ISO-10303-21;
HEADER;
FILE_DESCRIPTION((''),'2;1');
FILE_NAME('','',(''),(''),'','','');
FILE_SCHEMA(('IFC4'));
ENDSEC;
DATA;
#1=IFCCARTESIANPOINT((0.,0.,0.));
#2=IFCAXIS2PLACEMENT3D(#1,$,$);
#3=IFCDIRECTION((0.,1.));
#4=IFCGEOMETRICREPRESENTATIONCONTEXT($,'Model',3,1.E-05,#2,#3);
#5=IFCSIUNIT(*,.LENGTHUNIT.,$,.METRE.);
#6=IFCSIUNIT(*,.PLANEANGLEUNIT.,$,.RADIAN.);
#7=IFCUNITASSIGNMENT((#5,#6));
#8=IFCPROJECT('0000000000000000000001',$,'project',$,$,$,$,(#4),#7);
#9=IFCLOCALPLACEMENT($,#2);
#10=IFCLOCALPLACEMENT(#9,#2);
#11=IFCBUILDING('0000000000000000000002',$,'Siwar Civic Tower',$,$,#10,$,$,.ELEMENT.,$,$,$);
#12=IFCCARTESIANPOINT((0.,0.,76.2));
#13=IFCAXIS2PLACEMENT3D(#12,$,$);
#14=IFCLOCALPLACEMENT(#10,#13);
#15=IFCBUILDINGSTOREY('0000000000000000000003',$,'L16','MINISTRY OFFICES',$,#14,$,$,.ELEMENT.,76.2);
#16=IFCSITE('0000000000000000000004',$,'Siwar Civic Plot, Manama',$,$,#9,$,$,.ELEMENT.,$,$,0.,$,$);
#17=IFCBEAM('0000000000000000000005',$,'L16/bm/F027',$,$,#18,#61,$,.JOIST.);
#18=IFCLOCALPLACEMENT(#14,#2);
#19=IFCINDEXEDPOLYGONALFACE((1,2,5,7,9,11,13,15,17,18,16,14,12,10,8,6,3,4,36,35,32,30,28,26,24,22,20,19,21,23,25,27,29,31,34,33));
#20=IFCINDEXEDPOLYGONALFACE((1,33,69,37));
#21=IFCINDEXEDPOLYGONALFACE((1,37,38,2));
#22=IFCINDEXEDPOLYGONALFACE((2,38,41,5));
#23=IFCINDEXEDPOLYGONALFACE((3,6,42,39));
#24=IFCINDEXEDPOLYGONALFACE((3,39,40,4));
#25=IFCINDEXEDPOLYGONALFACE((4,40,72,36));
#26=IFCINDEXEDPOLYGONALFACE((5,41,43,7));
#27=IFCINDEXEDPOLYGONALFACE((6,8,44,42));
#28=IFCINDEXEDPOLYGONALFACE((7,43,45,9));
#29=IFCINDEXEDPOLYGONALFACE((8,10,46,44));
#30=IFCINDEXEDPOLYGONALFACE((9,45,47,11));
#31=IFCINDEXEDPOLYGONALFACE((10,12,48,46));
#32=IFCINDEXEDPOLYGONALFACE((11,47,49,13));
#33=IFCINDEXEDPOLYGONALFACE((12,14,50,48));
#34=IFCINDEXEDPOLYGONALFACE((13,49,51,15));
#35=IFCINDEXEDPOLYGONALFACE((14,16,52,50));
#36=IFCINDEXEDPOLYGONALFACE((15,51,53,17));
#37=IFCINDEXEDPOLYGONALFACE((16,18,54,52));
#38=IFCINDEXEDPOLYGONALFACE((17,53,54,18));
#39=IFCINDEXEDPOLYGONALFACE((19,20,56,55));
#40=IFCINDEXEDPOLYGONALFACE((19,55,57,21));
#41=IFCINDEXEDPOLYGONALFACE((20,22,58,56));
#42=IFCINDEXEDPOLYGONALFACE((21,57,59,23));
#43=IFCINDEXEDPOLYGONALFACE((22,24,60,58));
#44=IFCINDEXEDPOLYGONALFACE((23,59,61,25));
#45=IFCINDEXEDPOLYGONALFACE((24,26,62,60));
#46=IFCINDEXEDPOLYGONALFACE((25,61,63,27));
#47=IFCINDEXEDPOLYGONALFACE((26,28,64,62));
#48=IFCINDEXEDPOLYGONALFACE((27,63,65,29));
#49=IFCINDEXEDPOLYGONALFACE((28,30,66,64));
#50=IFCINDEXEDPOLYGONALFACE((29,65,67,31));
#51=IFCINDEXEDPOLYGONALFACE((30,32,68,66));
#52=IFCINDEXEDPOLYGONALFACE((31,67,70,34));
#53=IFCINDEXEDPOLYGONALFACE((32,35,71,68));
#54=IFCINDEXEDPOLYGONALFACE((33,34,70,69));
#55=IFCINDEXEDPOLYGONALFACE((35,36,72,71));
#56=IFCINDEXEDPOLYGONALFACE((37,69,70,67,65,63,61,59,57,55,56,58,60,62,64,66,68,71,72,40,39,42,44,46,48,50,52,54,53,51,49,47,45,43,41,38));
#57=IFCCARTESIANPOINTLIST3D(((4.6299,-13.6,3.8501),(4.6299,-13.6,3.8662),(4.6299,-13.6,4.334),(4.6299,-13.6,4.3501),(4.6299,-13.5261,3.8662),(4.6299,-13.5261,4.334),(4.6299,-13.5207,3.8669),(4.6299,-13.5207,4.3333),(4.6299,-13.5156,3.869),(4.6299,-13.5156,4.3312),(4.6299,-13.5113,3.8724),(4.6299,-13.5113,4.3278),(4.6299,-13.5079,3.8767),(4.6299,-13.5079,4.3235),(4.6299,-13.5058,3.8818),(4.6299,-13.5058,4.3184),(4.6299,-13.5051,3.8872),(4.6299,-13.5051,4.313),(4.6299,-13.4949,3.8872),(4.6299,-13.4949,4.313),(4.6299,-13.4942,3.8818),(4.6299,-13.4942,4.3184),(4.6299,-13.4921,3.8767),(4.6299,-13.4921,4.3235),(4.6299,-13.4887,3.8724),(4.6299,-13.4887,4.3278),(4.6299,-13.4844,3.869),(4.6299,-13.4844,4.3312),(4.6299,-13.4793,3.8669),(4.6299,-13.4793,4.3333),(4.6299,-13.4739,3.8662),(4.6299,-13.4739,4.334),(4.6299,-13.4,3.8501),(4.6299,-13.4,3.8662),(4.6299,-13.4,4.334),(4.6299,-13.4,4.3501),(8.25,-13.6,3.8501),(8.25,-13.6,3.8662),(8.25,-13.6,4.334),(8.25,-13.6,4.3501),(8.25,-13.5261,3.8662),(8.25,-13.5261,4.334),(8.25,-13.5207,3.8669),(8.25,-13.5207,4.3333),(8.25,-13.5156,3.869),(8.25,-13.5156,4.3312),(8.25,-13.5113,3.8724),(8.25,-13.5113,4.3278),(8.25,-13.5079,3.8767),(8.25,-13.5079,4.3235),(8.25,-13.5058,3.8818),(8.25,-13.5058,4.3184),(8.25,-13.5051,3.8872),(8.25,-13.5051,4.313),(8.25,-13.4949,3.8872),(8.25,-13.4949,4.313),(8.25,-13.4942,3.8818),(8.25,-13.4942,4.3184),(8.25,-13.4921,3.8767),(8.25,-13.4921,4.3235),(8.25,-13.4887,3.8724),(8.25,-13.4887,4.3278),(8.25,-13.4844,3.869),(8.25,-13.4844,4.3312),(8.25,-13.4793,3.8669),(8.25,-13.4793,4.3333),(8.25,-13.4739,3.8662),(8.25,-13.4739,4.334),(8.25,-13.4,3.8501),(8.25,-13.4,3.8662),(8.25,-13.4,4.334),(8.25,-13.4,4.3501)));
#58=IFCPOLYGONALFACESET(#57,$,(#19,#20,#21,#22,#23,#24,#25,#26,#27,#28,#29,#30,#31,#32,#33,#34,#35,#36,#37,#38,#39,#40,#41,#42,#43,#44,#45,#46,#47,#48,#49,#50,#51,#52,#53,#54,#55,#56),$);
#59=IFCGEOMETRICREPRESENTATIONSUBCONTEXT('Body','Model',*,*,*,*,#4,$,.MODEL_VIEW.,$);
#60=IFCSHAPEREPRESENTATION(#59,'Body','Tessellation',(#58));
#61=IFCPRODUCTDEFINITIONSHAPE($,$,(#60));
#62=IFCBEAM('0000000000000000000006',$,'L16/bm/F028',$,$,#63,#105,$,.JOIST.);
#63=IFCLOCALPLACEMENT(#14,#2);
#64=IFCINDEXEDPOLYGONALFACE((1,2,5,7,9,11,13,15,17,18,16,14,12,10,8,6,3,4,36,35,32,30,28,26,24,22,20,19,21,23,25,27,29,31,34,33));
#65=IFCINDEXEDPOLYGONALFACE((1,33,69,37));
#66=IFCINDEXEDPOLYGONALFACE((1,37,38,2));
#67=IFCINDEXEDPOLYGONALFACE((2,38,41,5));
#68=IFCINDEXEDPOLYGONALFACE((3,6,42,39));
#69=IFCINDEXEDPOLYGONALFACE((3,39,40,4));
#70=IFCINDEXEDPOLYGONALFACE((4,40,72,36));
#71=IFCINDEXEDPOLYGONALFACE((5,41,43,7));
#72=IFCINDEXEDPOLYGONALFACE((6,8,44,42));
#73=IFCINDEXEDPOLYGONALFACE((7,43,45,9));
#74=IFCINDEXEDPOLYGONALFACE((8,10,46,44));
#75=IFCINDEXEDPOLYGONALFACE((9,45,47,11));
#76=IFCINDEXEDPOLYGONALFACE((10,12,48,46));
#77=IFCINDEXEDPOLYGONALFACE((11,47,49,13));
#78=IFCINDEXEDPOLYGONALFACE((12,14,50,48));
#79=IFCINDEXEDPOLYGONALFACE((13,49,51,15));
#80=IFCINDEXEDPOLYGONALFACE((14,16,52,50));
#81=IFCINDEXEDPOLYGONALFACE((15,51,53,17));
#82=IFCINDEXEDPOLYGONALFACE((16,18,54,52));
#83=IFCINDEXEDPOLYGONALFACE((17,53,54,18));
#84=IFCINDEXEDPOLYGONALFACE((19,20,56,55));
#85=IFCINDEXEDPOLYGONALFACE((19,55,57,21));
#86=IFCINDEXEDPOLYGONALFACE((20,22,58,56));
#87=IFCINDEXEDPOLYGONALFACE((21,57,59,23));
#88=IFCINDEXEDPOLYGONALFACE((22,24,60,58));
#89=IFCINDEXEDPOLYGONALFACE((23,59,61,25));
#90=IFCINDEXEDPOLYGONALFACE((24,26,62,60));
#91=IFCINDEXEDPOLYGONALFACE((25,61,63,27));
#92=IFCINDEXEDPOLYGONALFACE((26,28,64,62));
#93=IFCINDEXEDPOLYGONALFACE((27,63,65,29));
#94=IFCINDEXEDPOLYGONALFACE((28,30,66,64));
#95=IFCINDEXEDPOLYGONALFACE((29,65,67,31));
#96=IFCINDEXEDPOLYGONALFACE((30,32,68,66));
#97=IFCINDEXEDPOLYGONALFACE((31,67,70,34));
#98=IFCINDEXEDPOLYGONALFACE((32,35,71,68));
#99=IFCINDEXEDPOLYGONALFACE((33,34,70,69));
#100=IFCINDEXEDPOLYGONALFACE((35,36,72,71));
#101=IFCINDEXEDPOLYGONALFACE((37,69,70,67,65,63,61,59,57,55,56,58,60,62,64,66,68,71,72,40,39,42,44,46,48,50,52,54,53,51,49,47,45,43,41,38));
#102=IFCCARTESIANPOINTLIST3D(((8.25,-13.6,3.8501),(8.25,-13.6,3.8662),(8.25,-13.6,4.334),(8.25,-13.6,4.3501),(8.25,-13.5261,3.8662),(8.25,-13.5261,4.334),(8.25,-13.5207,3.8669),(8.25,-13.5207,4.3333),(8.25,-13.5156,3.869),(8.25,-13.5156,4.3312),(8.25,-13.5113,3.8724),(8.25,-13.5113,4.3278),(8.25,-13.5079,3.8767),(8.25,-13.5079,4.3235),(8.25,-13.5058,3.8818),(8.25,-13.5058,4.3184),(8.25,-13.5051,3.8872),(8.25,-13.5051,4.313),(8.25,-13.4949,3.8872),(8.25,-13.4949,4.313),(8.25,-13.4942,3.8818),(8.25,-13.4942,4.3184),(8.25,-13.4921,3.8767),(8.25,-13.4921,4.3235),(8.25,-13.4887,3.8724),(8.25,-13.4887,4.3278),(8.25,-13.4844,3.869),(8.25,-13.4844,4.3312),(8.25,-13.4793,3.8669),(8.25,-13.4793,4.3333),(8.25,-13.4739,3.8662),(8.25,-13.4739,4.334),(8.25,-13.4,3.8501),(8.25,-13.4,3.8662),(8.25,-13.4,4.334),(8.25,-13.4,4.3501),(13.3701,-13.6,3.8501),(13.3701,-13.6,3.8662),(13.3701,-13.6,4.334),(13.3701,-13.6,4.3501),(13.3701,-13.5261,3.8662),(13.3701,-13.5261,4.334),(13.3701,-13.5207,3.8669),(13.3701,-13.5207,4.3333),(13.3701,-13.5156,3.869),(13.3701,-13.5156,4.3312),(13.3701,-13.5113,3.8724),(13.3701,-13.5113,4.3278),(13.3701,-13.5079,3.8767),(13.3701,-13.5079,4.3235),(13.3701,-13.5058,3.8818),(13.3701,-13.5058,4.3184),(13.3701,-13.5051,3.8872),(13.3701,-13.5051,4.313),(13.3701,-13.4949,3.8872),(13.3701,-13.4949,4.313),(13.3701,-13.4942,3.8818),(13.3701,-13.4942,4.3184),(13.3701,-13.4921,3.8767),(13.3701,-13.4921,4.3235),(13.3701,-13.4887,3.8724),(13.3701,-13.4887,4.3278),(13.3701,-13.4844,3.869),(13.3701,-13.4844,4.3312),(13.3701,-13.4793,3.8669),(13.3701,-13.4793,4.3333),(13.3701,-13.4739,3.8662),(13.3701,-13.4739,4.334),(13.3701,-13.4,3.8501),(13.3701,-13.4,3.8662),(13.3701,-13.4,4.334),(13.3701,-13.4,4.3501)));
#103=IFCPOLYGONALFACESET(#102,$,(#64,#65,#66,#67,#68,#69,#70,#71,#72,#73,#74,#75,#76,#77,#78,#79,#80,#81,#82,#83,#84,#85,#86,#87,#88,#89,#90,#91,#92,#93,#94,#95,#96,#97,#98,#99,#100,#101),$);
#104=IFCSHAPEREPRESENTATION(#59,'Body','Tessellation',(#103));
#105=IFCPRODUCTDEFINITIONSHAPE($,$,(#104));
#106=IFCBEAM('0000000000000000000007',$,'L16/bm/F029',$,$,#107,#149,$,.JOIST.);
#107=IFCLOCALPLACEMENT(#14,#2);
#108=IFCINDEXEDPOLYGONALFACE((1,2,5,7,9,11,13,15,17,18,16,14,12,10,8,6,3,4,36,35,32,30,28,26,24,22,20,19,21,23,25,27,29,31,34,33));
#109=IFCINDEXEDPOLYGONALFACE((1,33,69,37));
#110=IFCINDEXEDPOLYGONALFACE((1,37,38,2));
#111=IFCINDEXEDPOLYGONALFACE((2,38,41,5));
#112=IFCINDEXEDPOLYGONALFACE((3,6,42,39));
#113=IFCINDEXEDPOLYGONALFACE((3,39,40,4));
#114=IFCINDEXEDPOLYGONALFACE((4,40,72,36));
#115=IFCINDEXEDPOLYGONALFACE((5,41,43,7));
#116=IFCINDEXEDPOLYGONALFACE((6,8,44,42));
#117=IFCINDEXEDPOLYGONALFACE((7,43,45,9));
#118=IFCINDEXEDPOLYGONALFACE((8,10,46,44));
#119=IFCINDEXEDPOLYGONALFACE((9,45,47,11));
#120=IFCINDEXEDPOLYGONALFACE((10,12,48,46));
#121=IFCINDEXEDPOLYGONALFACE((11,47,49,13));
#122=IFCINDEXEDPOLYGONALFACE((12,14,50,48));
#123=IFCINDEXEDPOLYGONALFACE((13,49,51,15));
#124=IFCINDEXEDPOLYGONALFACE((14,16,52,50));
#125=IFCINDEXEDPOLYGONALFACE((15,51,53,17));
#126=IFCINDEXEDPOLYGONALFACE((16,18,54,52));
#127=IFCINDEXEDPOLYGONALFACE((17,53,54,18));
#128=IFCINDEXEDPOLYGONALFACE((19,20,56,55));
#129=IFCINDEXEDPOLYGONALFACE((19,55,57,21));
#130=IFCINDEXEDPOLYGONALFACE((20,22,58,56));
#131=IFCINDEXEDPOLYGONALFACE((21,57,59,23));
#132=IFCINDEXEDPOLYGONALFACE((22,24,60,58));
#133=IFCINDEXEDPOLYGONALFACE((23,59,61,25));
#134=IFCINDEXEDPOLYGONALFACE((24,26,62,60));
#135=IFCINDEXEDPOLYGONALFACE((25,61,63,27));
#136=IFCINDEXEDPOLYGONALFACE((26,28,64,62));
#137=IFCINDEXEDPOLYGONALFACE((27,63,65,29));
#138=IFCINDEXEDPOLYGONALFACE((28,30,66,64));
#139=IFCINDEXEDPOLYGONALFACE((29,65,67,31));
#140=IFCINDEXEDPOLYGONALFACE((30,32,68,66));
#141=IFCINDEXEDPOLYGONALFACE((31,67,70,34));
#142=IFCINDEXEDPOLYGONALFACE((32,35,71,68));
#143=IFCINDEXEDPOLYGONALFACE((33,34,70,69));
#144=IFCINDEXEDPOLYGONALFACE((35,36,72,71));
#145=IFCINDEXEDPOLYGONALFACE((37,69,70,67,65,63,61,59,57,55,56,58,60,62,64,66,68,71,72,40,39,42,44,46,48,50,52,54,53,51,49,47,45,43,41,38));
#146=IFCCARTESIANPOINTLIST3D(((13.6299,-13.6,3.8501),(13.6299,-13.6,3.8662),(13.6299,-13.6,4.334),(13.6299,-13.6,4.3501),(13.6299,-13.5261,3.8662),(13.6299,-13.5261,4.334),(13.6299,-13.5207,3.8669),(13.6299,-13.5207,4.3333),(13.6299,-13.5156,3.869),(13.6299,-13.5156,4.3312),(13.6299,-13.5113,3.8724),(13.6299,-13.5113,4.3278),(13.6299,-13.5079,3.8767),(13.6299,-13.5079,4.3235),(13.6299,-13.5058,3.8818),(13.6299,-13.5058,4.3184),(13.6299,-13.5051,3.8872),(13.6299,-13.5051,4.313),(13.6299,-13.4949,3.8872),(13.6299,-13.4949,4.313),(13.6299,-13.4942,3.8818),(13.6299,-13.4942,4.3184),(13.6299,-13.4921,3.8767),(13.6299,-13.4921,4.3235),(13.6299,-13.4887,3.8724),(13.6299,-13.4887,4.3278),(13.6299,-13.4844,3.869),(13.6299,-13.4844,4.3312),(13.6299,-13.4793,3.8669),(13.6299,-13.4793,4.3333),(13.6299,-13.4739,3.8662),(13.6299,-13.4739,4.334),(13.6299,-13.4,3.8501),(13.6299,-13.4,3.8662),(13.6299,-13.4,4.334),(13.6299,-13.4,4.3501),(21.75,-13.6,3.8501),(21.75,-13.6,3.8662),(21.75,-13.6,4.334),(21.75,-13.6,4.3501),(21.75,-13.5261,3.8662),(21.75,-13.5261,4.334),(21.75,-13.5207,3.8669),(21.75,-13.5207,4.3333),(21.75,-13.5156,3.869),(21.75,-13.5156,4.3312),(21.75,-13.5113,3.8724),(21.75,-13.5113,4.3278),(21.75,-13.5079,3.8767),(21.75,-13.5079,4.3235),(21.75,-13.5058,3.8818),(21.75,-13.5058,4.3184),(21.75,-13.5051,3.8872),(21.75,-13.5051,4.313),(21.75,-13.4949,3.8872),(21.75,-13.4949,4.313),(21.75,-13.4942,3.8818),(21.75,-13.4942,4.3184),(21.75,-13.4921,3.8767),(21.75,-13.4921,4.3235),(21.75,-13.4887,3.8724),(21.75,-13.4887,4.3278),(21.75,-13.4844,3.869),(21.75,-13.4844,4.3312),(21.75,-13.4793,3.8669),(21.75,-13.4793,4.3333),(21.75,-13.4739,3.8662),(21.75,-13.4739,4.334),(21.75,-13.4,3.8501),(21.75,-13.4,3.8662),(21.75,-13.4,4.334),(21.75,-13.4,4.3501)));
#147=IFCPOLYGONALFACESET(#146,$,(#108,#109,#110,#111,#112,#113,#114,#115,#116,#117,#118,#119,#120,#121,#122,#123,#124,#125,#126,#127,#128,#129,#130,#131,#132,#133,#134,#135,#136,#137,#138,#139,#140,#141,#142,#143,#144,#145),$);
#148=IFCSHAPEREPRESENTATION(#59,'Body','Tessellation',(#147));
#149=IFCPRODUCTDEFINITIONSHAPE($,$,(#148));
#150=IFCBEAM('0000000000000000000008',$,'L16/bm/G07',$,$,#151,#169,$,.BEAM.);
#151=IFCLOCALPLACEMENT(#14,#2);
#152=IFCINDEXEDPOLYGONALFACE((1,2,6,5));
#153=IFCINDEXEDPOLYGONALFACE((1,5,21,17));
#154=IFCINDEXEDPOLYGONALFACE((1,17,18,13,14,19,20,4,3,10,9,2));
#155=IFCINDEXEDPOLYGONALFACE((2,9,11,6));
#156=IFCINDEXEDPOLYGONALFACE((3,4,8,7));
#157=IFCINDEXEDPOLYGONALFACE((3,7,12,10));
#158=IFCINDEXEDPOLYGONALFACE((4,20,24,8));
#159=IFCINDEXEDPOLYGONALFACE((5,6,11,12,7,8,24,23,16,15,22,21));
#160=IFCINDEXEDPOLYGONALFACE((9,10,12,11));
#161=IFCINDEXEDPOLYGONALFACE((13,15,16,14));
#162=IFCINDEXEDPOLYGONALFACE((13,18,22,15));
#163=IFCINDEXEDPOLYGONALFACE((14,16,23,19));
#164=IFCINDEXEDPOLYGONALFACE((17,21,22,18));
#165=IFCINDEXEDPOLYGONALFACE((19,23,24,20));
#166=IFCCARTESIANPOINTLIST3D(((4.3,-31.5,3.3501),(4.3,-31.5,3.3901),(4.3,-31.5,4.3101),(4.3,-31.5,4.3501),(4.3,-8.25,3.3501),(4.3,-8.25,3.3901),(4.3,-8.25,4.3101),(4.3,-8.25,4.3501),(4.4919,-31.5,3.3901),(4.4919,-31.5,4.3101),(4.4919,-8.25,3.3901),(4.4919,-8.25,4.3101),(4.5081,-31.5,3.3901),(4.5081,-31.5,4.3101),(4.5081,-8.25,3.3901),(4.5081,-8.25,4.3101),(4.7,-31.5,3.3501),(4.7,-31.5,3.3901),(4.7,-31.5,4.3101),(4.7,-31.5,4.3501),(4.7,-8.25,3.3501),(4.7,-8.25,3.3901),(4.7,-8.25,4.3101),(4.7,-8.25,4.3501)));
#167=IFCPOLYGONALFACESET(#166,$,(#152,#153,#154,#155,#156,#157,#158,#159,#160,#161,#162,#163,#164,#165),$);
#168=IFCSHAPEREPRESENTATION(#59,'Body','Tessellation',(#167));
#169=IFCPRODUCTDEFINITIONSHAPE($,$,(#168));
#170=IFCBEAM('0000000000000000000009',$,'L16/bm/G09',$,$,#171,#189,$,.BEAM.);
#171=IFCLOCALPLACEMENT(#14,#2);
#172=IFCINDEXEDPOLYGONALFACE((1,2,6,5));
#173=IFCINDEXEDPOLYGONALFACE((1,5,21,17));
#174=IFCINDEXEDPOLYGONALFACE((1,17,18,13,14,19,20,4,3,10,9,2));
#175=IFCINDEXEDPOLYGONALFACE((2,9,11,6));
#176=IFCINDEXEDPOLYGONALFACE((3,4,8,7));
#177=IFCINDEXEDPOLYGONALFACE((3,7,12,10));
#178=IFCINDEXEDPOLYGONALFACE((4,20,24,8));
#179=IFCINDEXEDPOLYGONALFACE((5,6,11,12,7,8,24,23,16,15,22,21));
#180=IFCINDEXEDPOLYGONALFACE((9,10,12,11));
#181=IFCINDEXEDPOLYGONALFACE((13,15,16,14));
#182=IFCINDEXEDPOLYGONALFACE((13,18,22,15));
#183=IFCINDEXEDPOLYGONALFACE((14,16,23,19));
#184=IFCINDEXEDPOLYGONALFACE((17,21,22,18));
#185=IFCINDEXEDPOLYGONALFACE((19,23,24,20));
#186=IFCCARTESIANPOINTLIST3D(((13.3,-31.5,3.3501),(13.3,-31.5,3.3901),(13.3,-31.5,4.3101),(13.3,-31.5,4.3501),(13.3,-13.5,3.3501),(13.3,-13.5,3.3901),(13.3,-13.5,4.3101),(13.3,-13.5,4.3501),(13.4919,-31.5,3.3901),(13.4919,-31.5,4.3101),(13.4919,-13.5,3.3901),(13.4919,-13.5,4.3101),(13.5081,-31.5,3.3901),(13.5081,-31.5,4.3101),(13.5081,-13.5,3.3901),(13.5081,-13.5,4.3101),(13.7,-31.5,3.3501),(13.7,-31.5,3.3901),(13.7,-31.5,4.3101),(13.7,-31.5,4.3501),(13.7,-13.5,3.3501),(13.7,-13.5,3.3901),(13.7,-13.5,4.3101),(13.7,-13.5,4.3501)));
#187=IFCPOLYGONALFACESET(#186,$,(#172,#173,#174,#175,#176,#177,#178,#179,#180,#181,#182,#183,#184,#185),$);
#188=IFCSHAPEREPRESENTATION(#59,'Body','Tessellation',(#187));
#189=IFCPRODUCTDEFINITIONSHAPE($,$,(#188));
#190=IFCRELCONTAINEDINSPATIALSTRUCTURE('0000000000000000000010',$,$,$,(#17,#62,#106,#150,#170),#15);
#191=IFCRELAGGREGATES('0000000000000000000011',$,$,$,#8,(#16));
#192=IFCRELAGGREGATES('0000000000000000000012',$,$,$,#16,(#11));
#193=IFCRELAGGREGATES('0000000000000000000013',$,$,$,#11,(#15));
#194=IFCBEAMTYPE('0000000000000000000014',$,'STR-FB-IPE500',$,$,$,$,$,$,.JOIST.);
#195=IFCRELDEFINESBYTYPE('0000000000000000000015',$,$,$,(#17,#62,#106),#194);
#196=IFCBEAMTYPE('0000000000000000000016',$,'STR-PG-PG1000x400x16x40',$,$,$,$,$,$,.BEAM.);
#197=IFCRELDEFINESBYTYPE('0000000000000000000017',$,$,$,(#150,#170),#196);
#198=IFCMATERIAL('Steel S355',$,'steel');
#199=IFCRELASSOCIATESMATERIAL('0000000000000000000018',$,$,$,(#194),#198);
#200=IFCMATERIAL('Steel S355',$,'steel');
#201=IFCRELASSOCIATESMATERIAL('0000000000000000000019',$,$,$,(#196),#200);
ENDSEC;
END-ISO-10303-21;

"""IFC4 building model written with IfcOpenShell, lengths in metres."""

from ifc_helpers import new_model, si_unit, direction, frame, origin, origin_2d, place, context, subcontext, project, spatial, i_section, extrude, material, material_profile, profile_set, type_object, element, save


model = new_model("IFC4")

# Units and contexts
model_context = context("Model", 3, precision=1e-05, world=origin(), true_north=direction((0.0, 1.0)))
body_context = subcontext(model_context, "Body", "Model", "MODEL_VIEW")
ifc_project = project(units=[si_unit("LENGTHUNIT", "METRE"), si_unit("PLANEANGLEUNIT", "RADIAN")], contexts=[model_context])

# Site, building, storey
site_placement = place(None, origin())
site = spatial("IfcSite", under=ifc_project, at=site_placement, Name="Siwar Civic Plot, Manama", CompositionType="ELEMENT", RefElevation=0.0)
building_placement = place(site_placement, origin())
building = spatial("IfcBuilding", under=site, at=building_placement, Name="Siwar Civic Tower", CompositionType="ELEMENT")
storey_placement = place(building_placement, frame((0.0, 0.0, 76.2)))
storey = spatial("IfcBuildingStorey", under=building, at=storey_placement, Name="L16", Description="MINISTRY OFFICES", CompositionType="ELEMENT", Elevation=76.2)

# Beams
ifc_material_1 = material(Name="Steel S355", Category="steel")
ifc_material_profile_1 = material_profile(ifc_material_1, i_section(OverallWidth=0.2, OverallDepth=0.5, WebThickness=0.0103, FlangeThickness=0.0161, FilletRadius=0.021, at=origin_2d()), Name="IPE500")
ifc_profile_set_1 = profile_set([ifc_material_profile_1], Name="Steel S355")
beam_type_1 = type_object("IfcBeamType", Name="STR-FB-IPE500", PredefinedType="JOIST", material=ifc_profile_set_1)
beam_1_placement = place(storey_placement, frame((4.6299, -13.5, 4.1001), z_axis=(1.0, 0.0, 0.0), x_axis=(0.0, 1.0, 0.0)))
element("IfcBeam", 1, at=beam_1_placement, inside=storey, type_object=beam_type_1, Name="L16/bm/F027", PredefinedType="JOIST", context=body_context, shape_type="SweptSolid", body=[
    extrude(i_section(OverallWidth=0.2, OverallDepth=0.5, WebThickness=0.0103, FlangeThickness=0.0161, FilletRadius=0.021, at=origin_2d()), origin(), (0.0, 0.0, 1.0), 3.6201),
])
beam_2_placement = place(storey_placement, frame((8.25, -13.5, 4.1001), z_axis=(1.0, 0.0, 0.0), x_axis=(0.0, 1.0, 0.0)))
element("IfcBeam", 2, at=beam_2_placement, inside=storey, type_object=beam_type_1, Name="L16/bm/F028", PredefinedType="JOIST", context=body_context, shape_type="SweptSolid", body=[
    extrude(i_section(OverallWidth=0.2, OverallDepth=0.5, WebThickness=0.0103, FlangeThickness=0.0161, FilletRadius=0.021, at=origin_2d()), origin(), (0.0, 0.0, 1.0), 5.1201),
])
beam_3_placement = place(storey_placement, frame((13.6299, -13.5, 4.1001), z_axis=(1.0, 0.0, 0.0), x_axis=(0.0, 1.0, 0.0)))
element("IfcBeam", 3, at=beam_3_placement, inside=storey, type_object=beam_type_1, Name="L16/bm/F029", PredefinedType="JOIST", context=body_context, shape_type="SweptSolid", body=[
    extrude(i_section(OverallWidth=0.2, OverallDepth=0.5, WebThickness=0.0103, FlangeThickness=0.0161, FilletRadius=0.021, at=origin_2d()), origin(), (0.0, 0.0, 1.0), 8.1201),
])
ifc_material_2 = material(Name="Steel S355", Category="steel")
ifc_material_profile_2 = material_profile(ifc_material_2, i_section(OverallWidth=0.3999, OverallDepth=1.0, WebThickness=0.0161, FlangeThickness=0.04, at=origin_2d()), Name="PG1000x400x16x40")
ifc_profile_set_2 = profile_set([ifc_material_profile_2], Name="Steel S355")
beam_type_2 = type_object("IfcBeamType", Name="STR-PG-PG1000x400x16x40", PredefinedType="BEAM", material=ifc_profile_set_2)
beam_4_placement = place(storey_placement, frame((4.5, -31.5, 3.8501), z_axis=(0.0, 1.0, 0.0), x_axis=(-1.0, 0.0, 0.0)))
element("IfcBeam", 4, at=beam_4_placement, inside=storey, type_object=beam_type_2, Name="L16/bm/G07", PredefinedType="BEAM", context=body_context, shape_type="SweptSolid", body=[
    extrude(i_section(OverallWidth=0.3999, OverallDepth=1.0, WebThickness=0.0161, FlangeThickness=0.04, at=origin_2d()), origin(), (0.0, 0.0, 1.0), 23.25),
])
beam_5_placement = place(storey_placement, frame((13.5, -31.5, 3.8501), z_axis=(0.0, 1.0, 0.0), x_axis=(-1.0, 0.0, 0.0)))
element("IfcBeam", 5, at=beam_5_placement, inside=storey, type_object=beam_type_2, Name="L16/bm/G09", PredefinedType="BEAM", context=body_context, shape_type="SweptSolid", body=[
    extrude(i_section(OverallWidth=0.3999, OverallDepth=1.0, WebThickness=0.0161, FlangeThickness=0.04, at=origin_2d()), origin(), (0.0, 0.0, 1.0), 18.0),
])

save(model, "model.ifc")
